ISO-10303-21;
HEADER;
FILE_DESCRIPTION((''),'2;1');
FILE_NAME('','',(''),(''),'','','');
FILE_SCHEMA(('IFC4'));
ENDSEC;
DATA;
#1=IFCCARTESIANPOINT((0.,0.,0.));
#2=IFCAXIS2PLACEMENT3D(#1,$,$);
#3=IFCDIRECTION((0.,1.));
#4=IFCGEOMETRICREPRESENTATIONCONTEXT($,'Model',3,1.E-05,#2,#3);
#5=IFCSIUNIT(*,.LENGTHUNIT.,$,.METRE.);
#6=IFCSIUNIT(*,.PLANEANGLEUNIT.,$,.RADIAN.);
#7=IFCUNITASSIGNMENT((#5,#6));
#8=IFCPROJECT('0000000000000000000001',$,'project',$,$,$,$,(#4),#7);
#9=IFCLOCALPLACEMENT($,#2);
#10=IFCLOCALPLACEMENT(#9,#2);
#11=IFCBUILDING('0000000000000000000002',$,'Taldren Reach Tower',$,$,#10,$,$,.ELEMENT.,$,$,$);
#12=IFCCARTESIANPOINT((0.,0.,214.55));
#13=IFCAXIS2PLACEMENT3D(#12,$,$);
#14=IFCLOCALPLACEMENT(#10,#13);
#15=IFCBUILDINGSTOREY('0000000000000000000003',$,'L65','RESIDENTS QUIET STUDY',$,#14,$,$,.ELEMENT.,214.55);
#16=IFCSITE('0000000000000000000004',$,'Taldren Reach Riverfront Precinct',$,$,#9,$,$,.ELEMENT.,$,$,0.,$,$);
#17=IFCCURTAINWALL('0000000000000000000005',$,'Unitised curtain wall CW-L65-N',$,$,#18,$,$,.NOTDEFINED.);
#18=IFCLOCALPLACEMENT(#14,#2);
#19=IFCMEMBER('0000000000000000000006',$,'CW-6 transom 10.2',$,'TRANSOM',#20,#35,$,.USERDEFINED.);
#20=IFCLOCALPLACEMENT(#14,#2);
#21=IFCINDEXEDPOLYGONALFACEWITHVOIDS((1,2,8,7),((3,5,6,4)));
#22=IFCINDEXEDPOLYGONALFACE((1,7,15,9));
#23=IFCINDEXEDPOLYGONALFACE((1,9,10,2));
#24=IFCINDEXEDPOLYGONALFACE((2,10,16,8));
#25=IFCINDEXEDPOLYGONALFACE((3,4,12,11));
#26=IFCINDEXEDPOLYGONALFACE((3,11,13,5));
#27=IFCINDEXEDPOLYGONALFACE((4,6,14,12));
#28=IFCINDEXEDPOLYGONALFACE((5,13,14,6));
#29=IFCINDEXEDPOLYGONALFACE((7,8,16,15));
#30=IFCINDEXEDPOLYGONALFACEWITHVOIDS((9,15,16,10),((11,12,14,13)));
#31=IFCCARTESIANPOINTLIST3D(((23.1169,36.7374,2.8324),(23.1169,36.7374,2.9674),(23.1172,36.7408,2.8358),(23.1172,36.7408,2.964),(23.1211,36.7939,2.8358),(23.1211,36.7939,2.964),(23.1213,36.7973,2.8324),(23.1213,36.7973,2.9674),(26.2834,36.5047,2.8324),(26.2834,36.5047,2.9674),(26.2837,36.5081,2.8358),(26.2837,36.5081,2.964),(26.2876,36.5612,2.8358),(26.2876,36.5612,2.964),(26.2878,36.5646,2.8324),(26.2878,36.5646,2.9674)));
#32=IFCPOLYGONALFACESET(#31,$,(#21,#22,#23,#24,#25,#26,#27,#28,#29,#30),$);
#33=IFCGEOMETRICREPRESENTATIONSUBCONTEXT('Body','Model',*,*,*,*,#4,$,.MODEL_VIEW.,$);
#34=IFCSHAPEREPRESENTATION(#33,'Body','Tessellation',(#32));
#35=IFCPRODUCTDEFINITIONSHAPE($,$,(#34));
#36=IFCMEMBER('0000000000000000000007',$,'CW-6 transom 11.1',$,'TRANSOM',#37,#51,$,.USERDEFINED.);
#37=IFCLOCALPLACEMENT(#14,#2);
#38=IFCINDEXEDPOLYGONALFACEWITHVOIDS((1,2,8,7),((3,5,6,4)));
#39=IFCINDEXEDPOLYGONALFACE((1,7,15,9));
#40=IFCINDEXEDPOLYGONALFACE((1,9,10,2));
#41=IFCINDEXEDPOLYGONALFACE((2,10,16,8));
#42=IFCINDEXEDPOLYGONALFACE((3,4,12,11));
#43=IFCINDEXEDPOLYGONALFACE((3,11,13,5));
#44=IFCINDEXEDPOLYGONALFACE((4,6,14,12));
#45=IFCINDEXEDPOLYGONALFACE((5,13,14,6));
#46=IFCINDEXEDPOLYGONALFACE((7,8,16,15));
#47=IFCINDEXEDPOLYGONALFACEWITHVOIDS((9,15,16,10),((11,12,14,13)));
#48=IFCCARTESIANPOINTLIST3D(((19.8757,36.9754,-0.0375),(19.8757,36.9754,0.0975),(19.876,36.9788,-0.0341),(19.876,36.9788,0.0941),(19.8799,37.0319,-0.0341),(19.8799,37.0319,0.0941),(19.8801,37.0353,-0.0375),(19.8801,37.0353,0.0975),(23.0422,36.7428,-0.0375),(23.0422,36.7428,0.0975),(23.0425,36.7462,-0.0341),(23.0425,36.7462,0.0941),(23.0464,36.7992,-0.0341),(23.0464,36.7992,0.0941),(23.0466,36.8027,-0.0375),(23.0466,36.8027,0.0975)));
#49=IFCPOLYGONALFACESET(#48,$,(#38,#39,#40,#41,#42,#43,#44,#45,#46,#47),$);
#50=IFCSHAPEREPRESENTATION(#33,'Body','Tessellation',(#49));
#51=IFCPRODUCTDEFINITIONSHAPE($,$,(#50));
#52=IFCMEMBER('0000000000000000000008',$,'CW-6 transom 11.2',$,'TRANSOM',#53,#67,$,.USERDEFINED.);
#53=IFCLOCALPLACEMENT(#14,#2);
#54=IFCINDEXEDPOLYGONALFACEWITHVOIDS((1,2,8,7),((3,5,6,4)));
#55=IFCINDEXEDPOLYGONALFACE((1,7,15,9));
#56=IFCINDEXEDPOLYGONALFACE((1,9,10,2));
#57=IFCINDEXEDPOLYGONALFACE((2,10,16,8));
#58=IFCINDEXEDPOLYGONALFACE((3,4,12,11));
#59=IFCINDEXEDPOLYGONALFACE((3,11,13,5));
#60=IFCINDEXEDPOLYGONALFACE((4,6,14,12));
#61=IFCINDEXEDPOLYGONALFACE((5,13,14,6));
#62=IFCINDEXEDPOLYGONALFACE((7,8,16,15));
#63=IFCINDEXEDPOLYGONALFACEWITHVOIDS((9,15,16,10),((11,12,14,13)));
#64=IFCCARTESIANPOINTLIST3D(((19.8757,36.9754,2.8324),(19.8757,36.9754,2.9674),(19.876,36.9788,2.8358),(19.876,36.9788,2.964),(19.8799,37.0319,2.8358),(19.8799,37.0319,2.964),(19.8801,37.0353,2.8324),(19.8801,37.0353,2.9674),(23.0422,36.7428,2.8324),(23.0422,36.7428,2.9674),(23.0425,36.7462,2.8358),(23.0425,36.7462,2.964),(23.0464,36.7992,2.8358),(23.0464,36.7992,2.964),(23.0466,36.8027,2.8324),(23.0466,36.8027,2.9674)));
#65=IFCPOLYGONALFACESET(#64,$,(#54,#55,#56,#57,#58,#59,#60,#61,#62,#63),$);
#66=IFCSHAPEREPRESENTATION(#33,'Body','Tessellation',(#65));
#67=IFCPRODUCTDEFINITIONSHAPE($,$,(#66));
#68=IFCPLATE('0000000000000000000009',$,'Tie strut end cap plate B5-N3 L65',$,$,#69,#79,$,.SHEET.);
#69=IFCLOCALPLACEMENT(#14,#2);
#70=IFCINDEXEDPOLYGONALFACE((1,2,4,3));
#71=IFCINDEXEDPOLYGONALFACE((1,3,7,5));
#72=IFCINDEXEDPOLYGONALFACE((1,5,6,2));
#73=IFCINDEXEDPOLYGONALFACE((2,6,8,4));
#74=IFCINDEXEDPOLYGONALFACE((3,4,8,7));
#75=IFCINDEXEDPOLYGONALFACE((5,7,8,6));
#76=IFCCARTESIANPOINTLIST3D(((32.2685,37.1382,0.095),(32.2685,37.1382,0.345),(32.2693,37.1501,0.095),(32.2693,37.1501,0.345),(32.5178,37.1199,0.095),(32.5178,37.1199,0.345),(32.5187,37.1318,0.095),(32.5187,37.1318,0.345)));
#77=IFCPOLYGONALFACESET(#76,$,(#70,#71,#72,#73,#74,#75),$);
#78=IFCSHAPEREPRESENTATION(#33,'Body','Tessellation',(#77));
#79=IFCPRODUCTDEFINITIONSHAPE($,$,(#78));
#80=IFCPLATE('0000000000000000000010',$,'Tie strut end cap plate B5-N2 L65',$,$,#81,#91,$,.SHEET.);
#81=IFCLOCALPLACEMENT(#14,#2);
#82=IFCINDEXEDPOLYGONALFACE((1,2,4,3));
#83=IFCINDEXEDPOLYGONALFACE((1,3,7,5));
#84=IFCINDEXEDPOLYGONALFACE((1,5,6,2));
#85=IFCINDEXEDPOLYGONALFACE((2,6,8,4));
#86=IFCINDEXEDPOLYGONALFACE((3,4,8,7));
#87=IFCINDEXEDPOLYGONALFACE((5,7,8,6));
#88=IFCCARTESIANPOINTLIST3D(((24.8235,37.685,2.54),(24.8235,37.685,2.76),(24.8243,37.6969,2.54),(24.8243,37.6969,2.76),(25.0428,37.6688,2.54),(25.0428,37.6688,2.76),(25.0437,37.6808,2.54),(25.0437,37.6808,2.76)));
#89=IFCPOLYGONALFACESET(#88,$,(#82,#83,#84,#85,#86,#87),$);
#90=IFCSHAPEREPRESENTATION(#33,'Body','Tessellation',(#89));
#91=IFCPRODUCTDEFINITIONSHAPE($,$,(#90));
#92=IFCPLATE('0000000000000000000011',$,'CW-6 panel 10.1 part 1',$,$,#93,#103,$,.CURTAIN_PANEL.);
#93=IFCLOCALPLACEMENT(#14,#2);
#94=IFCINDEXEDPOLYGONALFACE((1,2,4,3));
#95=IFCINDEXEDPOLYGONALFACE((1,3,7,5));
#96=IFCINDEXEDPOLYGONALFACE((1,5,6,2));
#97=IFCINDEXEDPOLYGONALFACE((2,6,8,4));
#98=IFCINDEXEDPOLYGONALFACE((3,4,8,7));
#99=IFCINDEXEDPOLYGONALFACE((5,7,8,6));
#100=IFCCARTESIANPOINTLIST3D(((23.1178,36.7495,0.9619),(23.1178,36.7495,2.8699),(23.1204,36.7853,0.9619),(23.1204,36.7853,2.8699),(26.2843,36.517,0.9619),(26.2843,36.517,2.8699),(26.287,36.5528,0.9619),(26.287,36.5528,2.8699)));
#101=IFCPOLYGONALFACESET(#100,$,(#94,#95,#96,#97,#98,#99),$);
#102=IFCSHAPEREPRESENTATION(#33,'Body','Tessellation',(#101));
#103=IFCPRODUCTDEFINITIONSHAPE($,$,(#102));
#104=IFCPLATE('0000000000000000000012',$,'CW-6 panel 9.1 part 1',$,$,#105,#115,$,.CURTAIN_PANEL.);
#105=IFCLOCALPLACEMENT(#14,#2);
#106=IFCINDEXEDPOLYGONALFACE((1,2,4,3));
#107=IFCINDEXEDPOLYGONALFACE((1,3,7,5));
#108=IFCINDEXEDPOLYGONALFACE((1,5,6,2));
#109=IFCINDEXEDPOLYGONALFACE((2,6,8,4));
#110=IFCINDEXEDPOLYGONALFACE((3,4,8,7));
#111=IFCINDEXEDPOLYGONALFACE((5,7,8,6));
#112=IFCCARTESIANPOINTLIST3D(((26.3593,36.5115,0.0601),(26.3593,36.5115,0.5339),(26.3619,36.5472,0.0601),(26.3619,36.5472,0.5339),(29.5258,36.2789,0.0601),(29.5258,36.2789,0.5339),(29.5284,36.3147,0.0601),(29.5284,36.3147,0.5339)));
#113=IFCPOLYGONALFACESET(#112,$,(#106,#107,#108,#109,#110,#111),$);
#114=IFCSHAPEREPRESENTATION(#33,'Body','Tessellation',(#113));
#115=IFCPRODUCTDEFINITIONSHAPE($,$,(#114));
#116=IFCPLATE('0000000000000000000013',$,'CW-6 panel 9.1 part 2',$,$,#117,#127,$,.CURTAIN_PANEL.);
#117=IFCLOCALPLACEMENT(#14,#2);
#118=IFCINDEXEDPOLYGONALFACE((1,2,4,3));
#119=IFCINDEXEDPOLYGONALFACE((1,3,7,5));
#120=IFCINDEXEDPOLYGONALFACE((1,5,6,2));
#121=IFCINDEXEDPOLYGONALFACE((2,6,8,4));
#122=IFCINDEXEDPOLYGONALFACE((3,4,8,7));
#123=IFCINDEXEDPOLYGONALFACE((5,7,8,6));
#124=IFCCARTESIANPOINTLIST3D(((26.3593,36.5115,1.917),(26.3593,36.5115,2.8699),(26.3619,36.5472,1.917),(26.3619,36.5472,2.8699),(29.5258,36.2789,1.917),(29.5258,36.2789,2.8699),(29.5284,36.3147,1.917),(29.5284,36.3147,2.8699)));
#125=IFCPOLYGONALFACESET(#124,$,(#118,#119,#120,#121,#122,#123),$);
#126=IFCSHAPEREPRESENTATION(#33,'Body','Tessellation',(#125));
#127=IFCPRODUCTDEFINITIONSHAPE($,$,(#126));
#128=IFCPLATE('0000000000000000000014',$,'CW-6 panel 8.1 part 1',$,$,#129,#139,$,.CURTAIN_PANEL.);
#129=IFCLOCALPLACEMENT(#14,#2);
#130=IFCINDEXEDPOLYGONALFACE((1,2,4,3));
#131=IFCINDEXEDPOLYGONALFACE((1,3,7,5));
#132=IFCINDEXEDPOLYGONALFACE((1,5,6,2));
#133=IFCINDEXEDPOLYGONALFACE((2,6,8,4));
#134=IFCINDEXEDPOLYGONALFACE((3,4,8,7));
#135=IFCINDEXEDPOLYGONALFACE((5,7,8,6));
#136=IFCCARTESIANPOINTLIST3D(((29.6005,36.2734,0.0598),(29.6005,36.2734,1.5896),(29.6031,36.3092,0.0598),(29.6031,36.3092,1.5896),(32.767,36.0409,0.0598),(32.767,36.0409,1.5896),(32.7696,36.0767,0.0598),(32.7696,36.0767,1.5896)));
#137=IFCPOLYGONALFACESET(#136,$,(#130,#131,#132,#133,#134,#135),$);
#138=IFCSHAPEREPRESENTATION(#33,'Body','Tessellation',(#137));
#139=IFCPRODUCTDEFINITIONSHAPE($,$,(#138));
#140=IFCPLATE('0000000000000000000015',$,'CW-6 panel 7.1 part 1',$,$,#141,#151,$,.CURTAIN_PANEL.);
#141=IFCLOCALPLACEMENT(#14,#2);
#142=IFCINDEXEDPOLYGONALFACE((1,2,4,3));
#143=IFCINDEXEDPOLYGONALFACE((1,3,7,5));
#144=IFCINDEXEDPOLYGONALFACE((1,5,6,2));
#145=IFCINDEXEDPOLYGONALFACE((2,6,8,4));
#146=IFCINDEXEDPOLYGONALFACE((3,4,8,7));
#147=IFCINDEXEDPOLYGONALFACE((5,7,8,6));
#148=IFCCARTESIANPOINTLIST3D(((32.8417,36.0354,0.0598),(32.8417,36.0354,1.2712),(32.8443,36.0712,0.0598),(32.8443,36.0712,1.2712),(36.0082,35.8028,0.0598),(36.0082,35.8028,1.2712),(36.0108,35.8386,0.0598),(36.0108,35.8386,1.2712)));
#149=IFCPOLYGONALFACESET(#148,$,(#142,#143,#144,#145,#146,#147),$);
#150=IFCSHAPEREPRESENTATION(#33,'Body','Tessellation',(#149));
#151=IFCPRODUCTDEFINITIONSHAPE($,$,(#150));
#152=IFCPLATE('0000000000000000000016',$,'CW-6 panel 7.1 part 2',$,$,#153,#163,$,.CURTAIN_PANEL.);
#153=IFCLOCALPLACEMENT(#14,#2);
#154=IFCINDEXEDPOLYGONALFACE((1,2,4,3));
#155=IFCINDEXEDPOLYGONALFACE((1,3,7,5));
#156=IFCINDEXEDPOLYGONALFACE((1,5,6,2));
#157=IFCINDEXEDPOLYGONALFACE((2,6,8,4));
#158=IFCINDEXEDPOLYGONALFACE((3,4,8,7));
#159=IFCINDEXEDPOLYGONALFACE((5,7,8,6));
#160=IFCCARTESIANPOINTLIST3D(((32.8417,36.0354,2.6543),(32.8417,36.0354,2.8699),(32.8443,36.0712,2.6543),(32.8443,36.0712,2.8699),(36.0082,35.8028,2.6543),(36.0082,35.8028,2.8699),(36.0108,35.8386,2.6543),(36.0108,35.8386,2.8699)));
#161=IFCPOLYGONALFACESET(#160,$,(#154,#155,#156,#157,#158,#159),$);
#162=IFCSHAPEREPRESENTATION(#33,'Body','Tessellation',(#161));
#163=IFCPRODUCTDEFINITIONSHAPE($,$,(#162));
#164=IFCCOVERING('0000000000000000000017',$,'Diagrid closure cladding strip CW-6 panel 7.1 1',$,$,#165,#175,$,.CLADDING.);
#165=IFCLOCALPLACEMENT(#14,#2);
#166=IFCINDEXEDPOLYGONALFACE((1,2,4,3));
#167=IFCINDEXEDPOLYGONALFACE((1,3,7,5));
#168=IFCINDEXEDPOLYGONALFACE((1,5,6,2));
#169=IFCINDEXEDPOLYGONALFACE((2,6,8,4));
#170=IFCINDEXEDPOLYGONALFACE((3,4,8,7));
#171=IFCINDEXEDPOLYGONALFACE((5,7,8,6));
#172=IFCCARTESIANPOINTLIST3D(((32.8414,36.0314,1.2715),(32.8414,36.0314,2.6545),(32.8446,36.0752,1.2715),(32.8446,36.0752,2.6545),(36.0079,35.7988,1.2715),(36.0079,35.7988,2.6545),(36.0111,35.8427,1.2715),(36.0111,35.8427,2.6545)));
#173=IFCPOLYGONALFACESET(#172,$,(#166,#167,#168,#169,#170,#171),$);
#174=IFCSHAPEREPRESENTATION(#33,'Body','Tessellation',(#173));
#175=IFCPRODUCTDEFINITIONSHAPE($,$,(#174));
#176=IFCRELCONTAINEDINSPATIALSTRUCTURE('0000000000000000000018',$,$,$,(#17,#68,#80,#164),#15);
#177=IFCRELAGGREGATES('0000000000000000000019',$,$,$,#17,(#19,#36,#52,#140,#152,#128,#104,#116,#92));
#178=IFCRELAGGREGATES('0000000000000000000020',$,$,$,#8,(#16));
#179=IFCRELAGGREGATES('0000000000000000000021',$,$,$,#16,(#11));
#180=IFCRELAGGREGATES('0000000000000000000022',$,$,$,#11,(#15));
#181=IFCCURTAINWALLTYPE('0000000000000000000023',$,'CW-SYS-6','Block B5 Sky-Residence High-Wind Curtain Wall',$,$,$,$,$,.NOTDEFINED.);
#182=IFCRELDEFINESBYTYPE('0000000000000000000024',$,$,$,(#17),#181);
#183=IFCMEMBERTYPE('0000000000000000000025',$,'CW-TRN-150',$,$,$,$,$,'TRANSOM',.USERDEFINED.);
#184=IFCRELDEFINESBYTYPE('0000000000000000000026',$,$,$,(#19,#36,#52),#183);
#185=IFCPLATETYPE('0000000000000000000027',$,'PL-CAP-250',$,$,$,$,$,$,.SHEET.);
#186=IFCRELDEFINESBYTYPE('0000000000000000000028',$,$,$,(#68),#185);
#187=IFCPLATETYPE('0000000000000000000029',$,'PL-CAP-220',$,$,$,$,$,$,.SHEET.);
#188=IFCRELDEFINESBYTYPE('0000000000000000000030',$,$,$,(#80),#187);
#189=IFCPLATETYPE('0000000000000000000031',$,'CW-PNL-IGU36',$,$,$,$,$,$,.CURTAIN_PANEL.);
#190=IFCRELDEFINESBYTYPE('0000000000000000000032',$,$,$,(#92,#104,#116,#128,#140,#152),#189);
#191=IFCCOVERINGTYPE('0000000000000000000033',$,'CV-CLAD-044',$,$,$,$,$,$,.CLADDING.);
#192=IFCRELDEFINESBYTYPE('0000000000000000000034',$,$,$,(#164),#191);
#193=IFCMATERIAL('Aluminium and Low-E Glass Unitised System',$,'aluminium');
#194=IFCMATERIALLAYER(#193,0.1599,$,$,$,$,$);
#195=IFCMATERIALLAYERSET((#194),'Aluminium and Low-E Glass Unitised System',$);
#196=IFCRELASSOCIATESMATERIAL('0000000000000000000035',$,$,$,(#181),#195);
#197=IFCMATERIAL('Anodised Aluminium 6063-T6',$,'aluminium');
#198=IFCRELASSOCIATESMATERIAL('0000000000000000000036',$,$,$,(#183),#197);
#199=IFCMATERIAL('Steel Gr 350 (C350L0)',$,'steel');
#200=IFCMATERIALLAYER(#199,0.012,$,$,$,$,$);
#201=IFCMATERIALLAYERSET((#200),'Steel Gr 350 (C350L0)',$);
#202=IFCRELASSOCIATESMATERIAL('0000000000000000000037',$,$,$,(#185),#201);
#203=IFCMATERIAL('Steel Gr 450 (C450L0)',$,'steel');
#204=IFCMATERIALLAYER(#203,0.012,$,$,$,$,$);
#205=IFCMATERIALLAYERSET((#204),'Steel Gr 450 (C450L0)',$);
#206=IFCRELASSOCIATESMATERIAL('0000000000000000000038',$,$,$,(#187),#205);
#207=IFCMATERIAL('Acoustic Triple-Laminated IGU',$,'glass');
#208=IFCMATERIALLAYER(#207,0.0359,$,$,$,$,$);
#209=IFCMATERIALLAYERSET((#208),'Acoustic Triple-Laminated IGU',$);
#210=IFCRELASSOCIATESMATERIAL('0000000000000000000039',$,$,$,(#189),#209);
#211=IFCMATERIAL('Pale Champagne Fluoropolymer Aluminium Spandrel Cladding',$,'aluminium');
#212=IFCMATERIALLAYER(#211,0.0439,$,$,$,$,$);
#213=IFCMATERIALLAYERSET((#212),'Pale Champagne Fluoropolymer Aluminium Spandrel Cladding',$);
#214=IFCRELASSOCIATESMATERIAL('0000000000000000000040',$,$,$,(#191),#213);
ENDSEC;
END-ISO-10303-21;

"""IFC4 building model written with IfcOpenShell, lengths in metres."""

from ifc_helpers import new_model, si_unit, direction, frame, origin, origin_2d, place, context, subcontext, project, spatial, rectangle, hollow_rectangle, extrude, source, transform, mapped, material, layer, layer_set, material_profile, profile_set, type_object, element, aggregate, save


model = new_model("IFC4")

# Units and contexts
model_context = context("Model", 3, precision=1e-05, world=origin(), true_north=direction((0.0, 1.0)))
body_context = subcontext(model_context, "Body", "Model", "MODEL_VIEW")
ifc_project = project(units=[si_unit("LENGTHUNIT", "METRE"), si_unit("PLANEANGLEUNIT", "RADIAN")], contexts=[model_context])

# Site, building, storey
site_placement = place(None, origin())
site = spatial("IfcSite", under=ifc_project, at=site_placement, Name="Taldren Reach Riverfront Precinct", CompositionType="ELEMENT", RefElevation=0.0)
building_placement = place(site_placement, origin())
building = spatial("IfcBuilding", under=site, at=building_placement, Name="Taldren Reach Tower", CompositionType="ELEMENT")
storey_placement = place(building_placement, frame((0.0, 0.0, 214.55)))
storey = spatial("IfcBuildingStorey", under=building, at=storey_placement, Name="L65", Description="RESIDENTS QUIET STUDY", CompositionType="ELEMENT", Elevation=214.55)

# Shared definitions
ifc_material_1 = material(Name="Steel Gr 350 (C350L0)", Category="steel")
ifc_material_2 = material(Name="Steel Gr 450 (C450L0)", Category="steel")

# Curtain wall, members
ifc_material_3 = material(Name="Aluminium and Low-E Glass Unitised System", Category="aluminium")
ifc_layer_1 = layer(ifc_material_3, 0.1599)
ifc_layer_set_1 = layer_set([ifc_layer_1], Name="Aluminium and Low-E Glass Unitised System")
curtain_wall_type = type_object("IfcCurtainWallType", Name="CW-SYS-6", Description="Block B5 Sky-Residence High-Wind Curtain Wall", PredefinedType="NOTDEFINED", material=ifc_layer_set_1)
curtain_wall_placement = place(storey_placement, origin())
curtain_wall = element("IfcCurtainWall", 1, at=curtain_wall_placement, inside=storey, type_object=curtain_wall_type, Name="Unitised curtain wall CW-L65-N", PredefinedType="NOTDEFINED")
ifc_material_4 = material(Name="Anodised Aluminium 6063-T6", Category="aluminium")
ifc_material_profile_1 = material_profile(ifc_material_4, hollow_rectangle(XDim=0.0601, YDim=0.135, WallThickness=0.0034, at=origin_2d()), Name="ALU-135x60x3.5RHS")
ifc_profile_set_1 = profile_set([ifc_material_profile_1], Name="Anodised Aluminium 6063-T6")
member_type_1 = type_object("IfcMemberType", Name="CW-TRN-150", ElementType="TRANSOM", PredefinedType="USERDEFINED", material=ifc_profile_set_1)
shared_shape_1 = source(origin(), body_context, "Body", "SweptSolid", [
    extrude(hollow_rectangle(XDim=0.0601, YDim=0.135, WallThickness=0.0034, at=origin_2d()), origin(), (0.0, 0.0, 1.0), 3.175),
])
member_1_placement = place(storey_placement, frame((26.2856, 36.5347, 2.8999), z_axis=(-0.997311, 0.07328, 0.0), x_axis=(-0.07328, -0.997311, 0.0)))
member_1 = element("IfcMember", 2, at=member_1_placement, type_object=member_type_1, Name="CW-6 transom 10.2", ObjectType="TRANSOM", PredefinedType="USERDEFINED", context=body_context, shape_type="MappedRepresentation", body=[
    mapped(shared_shape_1, transform((0.0, 0.0, 0.0), scale=1.0)),
])
member_2_placement = place(storey_placement, frame((23.0444, 36.7727, 0.03), z_axis=(-0.997311, 0.07328, 0.0), x_axis=(-0.07328, -0.997311, 0.0)))
member_2 = element("IfcMember", 3, at=member_2_placement, type_object=member_type_1, Name="CW-6 transom 11.1", ObjectType="TRANSOM", PredefinedType="USERDEFINED", context=body_context, shape_type="MappedRepresentation", body=[
    mapped(shared_shape_1, transform((0.0, 0.0, 0.0), scale=1.0)),
])
member_3_placement = place(storey_placement, frame((23.0444, 36.7727, 2.8999), z_axis=(-0.997311, 0.07328, 0.0), x_axis=(-0.07328, -0.997311, 0.0)))
member_3 = element("IfcMember", 4, at=member_3_placement, type_object=member_type_1, Name="CW-6 transom 11.2", ObjectType="TRANSOM", PredefinedType="USERDEFINED", context=body_context, shape_type="MappedRepresentation", body=[
    mapped(shared_shape_1, transform((0.0, 0.0, 0.0), scale=1.0)),
])

# Plates
ifc_layer_2 = layer(ifc_material_1, 0.012)
ifc_layer_set_2 = layer_set([ifc_layer_2], Name="Steel Gr 350 (C350L0)")
plate_type_1 = type_object("IfcPlateType", Name="PL-CAP-250", PredefinedType="SHEET", material=ifc_layer_set_2)
shared_shape_2 = source(origin(), body_context, "Body", "SweptSolid", [
    extrude(rectangle(XDim=0.25, YDim=0.012, at=origin_2d()), origin(), (0.0, 0.0, 1.0), 0.25),
])
plate_1_placement = place(storey_placement, frame((32.3936, 37.135, 0.095), z_axis=(0.0, 0.0, 1.0), x_axis=(0.997314, -0.073238, 0.0)))
element("IfcPlate", 5, at=plate_1_placement, inside=storey, type_object=plate_type_1, Name="Tie strut end cap plate B5-N3 L65", PredefinedType="SHEET", context=body_context, shape_type="MappedRepresentation", body=[
    mapped(shared_shape_2, transform((0.0, 0.0, 0.0), scale=1.0)),
])
ifc_layer_3 = layer(ifc_material_2, 0.012)
ifc_layer_set_3 = layer_set([ifc_layer_3], Name="Steel Gr 450 (C450L0)")
plate_type_2 = type_object("IfcPlateType", Name="PL-CAP-220", PredefinedType="SHEET", material=ifc_layer_set_3)
shared_shape_3 = source(origin(), body_context, "Body", "SweptSolid", [
    extrude(rectangle(XDim=0.22, YDim=0.012, at=origin_2d()), origin(), (0.0, 0.0, 1.0), 0.22),
])
plate_2_placement = place(storey_placement, frame((24.9336, 37.6829, 2.54), z_axis=(0.0, 0.0, 1.0), x_axis=(0.997314, -0.073238, 0.0)))
element("IfcPlate", 6, at=plate_2_placement, inside=storey, type_object=plate_type_2, Name="Tie strut end cap plate B5-N2 L65", PredefinedType="SHEET", context=body_context, shape_type="MappedRepresentation", body=[
    mapped(shared_shape_3, transform((0.0, 0.0, 0.0), scale=1.0)),
])

# Plates
ifc_material_5 = material(Name="Acoustic Triple-Laminated IGU", Category="glass")
ifc_layer_4 = layer(ifc_material_5, 0.0359)
ifc_layer_set_4 = layer_set([ifc_layer_4], Name="Acoustic Triple-Laminated IGU")
plate_type_3 = type_object("IfcPlateType", Name="CW-PNL-IGU36", PredefinedType="CURTAIN_PANEL", material=ifc_layer_set_4)
shared_shape_4 = source(origin(), body_context, "Body", "SweptSolid", [
    extrude(rectangle(XDim=3.175, YDim=0.0359, at=origin_2d()), origin(), (0.0, 0.0, 1.0), 1.908),
])
plate_3_placement = place(storey_placement, frame((24.7024, 36.6511, 0.9619), z_axis=(0.0, 0.0, 1.0), x_axis=(-0.997314, 0.073238, 0.0)))
plate_3 = element("IfcPlate", 7, at=plate_3_placement, type_object=plate_type_3, Name="CW-6 panel 10.1 part 1", PredefinedType="CURTAIN_PANEL", context=body_context, shape_type="MappedRepresentation", body=[
    mapped(shared_shape_4, transform((0.0, 0.0, 0.0), scale=1.0)),
])
shared_shape_5 = source(origin(), body_context, "Body", "SweptSolid", [
    extrude(rectangle(XDim=3.175, YDim=0.0359, at=origin_2d()), origin(), (0.0, 0.0, 1.0), 0.4739),
])
plate_4_placement = place(storey_placement, frame((27.9438, 36.4131, 0.0601), z_axis=(0.0, 0.0, 1.0), x_axis=(-0.997314, 0.073238, 0.0)))
plate_4 = element("IfcPlate", 8, at=plate_4_placement, type_object=plate_type_3, Name="CW-6 panel 9.1 part 1", PredefinedType="CURTAIN_PANEL", context=body_context, shape_type="MappedRepresentation", body=[
    mapped(shared_shape_5, transform((0.0, 0.0, 0.0), scale=1.0)),
])
shared_shape_6 = source(origin(), body_context, "Body", "SweptSolid", [
    extrude(rectangle(XDim=3.175, YDim=0.0359, at=origin_2d()), origin(), (0.0, 0.0, 1.0), 0.9529),
])
plate_5_placement = place(storey_placement, frame((27.9438, 36.4131, 1.917), z_axis=(0.0, 0.0, 1.0), x_axis=(-0.997314, 0.073238, 0.0)))
plate_5 = element("IfcPlate", 9, at=plate_5_placement, type_object=plate_type_3, Name="CW-6 panel 9.1 part 2", PredefinedType="CURTAIN_PANEL", context=body_context, shape_type="MappedRepresentation", body=[
    mapped(shared_shape_6, transform((0.0, 0.0, 0.0), scale=1.0)),
])
shared_shape_7 = source(origin(), body_context, "Body", "SweptSolid", [
    extrude(rectangle(XDim=3.175, YDim=0.0359, at=origin_2d()), origin(), (0.0, 0.0, 1.0), 1.5298),
])
plate_6_placement = place(storey_placement, frame((31.1851, 36.175, 0.0598), z_axis=(0.0, 0.0, 1.0), x_axis=(-0.997314, 0.073238, 0.0)))
plate_6 = element("IfcPlate", 10, at=plate_6_placement, type_object=plate_type_3, Name="CW-6 panel 8.1 part 1", PredefinedType="CURTAIN_PANEL", context=body_context, shape_type="MappedRepresentation", body=[
    mapped(shared_shape_7, transform((0.0, 0.0, 0.0), scale=1.0)),
])
shared_shape_8 = source(origin(), body_context, "Body", "SweptSolid", [
    extrude(rectangle(XDim=3.175, YDim=0.0359, at=origin_2d()), origin(), (0.0, 0.0, 1.0), 1.2114),
])
plate_7_placement = place(storey_placement, frame((34.4263, 35.937, 0.0598), z_axis=(0.0, 0.0, 1.0), x_axis=(-0.997314, 0.073238, 0.0)))
plate_7 = element("IfcPlate", 11, at=plate_7_placement, type_object=plate_type_3, Name="CW-6 panel 7.1 part 1", PredefinedType="CURTAIN_PANEL", context=body_context, shape_type="MappedRepresentation", body=[
    mapped(shared_shape_8, transform((0.0, 0.0, 0.0), scale=1.0)),
])
shared_shape_9 = source(origin(), body_context, "Body", "SweptSolid", [
    extrude(rectangle(XDim=3.175, YDim=0.0359, at=origin_2d()), origin(), (0.0, 0.0, 1.0), 0.2156),
])
plate_8_placement = place(storey_placement, frame((34.4263, 35.937, 2.6543), z_axis=(0.0, 0.0, 1.0), x_axis=(-0.997314, 0.073238, 0.0)))
plate_8 = element("IfcPlate", 12, at=plate_8_placement, type_object=plate_type_3, Name="CW-6 panel 7.1 part 2", PredefinedType="CURTAIN_PANEL", context=body_context, shape_type="MappedRepresentation", body=[
    mapped(shared_shape_9, transform((0.0, 0.0, 0.0), scale=1.0)),
])
aggregate(curtain_wall, [member_1, member_2, member_3, plate_7, plate_8, plate_6, plate_4, plate_5, plate_3])

# Covering
ifc_material_6 = material(Name="Pale Champagne Fluoropolymer Aluminium Spandrel Cladding", Category="aluminium")
ifc_layer_5 = layer(ifc_material_6, 0.0439)
ifc_layer_set_5 = layer_set([ifc_layer_5], Name="Pale Champagne Fluoropolymer Aluminium Spandrel Cladding")
covering_type = type_object("IfcCoveringType", Name="CV-CLAD-044", PredefinedType="CLADDING", material=ifc_layer_set_5)
shared_shape_10 = source(origin(), body_context, "Body", "SweptSolid", [
    extrude(rectangle(XDim=3.175, YDim=0.0439, at=origin_2d()), origin(), (0.0, 0.0, 1.0), 1.3831),
])
for number, where, z_axis, x_axis, name in (
    (13, (34.4263, 35.937, 1.2715), (0.0, 0.0, 1.0), (-0.997314, 0.073238, 0.0), "Diagrid closure cladding strip CW-6 panel 7.1 1"),
):
    element("IfcCovering", number, at=place(storey_placement, frame(where, z_axis=z_axis, x_axis=x_axis)), inside=storey, type_object=covering_type, Name=name, PredefinedType="CLADDING", context=body_context, shape_type="MappedRepresentation", body=[
        mapped(shared_shape_10, transform((0.0, 0.0, 0.0), scale=1.0)),
    ])

save(model, "model.ifc")
